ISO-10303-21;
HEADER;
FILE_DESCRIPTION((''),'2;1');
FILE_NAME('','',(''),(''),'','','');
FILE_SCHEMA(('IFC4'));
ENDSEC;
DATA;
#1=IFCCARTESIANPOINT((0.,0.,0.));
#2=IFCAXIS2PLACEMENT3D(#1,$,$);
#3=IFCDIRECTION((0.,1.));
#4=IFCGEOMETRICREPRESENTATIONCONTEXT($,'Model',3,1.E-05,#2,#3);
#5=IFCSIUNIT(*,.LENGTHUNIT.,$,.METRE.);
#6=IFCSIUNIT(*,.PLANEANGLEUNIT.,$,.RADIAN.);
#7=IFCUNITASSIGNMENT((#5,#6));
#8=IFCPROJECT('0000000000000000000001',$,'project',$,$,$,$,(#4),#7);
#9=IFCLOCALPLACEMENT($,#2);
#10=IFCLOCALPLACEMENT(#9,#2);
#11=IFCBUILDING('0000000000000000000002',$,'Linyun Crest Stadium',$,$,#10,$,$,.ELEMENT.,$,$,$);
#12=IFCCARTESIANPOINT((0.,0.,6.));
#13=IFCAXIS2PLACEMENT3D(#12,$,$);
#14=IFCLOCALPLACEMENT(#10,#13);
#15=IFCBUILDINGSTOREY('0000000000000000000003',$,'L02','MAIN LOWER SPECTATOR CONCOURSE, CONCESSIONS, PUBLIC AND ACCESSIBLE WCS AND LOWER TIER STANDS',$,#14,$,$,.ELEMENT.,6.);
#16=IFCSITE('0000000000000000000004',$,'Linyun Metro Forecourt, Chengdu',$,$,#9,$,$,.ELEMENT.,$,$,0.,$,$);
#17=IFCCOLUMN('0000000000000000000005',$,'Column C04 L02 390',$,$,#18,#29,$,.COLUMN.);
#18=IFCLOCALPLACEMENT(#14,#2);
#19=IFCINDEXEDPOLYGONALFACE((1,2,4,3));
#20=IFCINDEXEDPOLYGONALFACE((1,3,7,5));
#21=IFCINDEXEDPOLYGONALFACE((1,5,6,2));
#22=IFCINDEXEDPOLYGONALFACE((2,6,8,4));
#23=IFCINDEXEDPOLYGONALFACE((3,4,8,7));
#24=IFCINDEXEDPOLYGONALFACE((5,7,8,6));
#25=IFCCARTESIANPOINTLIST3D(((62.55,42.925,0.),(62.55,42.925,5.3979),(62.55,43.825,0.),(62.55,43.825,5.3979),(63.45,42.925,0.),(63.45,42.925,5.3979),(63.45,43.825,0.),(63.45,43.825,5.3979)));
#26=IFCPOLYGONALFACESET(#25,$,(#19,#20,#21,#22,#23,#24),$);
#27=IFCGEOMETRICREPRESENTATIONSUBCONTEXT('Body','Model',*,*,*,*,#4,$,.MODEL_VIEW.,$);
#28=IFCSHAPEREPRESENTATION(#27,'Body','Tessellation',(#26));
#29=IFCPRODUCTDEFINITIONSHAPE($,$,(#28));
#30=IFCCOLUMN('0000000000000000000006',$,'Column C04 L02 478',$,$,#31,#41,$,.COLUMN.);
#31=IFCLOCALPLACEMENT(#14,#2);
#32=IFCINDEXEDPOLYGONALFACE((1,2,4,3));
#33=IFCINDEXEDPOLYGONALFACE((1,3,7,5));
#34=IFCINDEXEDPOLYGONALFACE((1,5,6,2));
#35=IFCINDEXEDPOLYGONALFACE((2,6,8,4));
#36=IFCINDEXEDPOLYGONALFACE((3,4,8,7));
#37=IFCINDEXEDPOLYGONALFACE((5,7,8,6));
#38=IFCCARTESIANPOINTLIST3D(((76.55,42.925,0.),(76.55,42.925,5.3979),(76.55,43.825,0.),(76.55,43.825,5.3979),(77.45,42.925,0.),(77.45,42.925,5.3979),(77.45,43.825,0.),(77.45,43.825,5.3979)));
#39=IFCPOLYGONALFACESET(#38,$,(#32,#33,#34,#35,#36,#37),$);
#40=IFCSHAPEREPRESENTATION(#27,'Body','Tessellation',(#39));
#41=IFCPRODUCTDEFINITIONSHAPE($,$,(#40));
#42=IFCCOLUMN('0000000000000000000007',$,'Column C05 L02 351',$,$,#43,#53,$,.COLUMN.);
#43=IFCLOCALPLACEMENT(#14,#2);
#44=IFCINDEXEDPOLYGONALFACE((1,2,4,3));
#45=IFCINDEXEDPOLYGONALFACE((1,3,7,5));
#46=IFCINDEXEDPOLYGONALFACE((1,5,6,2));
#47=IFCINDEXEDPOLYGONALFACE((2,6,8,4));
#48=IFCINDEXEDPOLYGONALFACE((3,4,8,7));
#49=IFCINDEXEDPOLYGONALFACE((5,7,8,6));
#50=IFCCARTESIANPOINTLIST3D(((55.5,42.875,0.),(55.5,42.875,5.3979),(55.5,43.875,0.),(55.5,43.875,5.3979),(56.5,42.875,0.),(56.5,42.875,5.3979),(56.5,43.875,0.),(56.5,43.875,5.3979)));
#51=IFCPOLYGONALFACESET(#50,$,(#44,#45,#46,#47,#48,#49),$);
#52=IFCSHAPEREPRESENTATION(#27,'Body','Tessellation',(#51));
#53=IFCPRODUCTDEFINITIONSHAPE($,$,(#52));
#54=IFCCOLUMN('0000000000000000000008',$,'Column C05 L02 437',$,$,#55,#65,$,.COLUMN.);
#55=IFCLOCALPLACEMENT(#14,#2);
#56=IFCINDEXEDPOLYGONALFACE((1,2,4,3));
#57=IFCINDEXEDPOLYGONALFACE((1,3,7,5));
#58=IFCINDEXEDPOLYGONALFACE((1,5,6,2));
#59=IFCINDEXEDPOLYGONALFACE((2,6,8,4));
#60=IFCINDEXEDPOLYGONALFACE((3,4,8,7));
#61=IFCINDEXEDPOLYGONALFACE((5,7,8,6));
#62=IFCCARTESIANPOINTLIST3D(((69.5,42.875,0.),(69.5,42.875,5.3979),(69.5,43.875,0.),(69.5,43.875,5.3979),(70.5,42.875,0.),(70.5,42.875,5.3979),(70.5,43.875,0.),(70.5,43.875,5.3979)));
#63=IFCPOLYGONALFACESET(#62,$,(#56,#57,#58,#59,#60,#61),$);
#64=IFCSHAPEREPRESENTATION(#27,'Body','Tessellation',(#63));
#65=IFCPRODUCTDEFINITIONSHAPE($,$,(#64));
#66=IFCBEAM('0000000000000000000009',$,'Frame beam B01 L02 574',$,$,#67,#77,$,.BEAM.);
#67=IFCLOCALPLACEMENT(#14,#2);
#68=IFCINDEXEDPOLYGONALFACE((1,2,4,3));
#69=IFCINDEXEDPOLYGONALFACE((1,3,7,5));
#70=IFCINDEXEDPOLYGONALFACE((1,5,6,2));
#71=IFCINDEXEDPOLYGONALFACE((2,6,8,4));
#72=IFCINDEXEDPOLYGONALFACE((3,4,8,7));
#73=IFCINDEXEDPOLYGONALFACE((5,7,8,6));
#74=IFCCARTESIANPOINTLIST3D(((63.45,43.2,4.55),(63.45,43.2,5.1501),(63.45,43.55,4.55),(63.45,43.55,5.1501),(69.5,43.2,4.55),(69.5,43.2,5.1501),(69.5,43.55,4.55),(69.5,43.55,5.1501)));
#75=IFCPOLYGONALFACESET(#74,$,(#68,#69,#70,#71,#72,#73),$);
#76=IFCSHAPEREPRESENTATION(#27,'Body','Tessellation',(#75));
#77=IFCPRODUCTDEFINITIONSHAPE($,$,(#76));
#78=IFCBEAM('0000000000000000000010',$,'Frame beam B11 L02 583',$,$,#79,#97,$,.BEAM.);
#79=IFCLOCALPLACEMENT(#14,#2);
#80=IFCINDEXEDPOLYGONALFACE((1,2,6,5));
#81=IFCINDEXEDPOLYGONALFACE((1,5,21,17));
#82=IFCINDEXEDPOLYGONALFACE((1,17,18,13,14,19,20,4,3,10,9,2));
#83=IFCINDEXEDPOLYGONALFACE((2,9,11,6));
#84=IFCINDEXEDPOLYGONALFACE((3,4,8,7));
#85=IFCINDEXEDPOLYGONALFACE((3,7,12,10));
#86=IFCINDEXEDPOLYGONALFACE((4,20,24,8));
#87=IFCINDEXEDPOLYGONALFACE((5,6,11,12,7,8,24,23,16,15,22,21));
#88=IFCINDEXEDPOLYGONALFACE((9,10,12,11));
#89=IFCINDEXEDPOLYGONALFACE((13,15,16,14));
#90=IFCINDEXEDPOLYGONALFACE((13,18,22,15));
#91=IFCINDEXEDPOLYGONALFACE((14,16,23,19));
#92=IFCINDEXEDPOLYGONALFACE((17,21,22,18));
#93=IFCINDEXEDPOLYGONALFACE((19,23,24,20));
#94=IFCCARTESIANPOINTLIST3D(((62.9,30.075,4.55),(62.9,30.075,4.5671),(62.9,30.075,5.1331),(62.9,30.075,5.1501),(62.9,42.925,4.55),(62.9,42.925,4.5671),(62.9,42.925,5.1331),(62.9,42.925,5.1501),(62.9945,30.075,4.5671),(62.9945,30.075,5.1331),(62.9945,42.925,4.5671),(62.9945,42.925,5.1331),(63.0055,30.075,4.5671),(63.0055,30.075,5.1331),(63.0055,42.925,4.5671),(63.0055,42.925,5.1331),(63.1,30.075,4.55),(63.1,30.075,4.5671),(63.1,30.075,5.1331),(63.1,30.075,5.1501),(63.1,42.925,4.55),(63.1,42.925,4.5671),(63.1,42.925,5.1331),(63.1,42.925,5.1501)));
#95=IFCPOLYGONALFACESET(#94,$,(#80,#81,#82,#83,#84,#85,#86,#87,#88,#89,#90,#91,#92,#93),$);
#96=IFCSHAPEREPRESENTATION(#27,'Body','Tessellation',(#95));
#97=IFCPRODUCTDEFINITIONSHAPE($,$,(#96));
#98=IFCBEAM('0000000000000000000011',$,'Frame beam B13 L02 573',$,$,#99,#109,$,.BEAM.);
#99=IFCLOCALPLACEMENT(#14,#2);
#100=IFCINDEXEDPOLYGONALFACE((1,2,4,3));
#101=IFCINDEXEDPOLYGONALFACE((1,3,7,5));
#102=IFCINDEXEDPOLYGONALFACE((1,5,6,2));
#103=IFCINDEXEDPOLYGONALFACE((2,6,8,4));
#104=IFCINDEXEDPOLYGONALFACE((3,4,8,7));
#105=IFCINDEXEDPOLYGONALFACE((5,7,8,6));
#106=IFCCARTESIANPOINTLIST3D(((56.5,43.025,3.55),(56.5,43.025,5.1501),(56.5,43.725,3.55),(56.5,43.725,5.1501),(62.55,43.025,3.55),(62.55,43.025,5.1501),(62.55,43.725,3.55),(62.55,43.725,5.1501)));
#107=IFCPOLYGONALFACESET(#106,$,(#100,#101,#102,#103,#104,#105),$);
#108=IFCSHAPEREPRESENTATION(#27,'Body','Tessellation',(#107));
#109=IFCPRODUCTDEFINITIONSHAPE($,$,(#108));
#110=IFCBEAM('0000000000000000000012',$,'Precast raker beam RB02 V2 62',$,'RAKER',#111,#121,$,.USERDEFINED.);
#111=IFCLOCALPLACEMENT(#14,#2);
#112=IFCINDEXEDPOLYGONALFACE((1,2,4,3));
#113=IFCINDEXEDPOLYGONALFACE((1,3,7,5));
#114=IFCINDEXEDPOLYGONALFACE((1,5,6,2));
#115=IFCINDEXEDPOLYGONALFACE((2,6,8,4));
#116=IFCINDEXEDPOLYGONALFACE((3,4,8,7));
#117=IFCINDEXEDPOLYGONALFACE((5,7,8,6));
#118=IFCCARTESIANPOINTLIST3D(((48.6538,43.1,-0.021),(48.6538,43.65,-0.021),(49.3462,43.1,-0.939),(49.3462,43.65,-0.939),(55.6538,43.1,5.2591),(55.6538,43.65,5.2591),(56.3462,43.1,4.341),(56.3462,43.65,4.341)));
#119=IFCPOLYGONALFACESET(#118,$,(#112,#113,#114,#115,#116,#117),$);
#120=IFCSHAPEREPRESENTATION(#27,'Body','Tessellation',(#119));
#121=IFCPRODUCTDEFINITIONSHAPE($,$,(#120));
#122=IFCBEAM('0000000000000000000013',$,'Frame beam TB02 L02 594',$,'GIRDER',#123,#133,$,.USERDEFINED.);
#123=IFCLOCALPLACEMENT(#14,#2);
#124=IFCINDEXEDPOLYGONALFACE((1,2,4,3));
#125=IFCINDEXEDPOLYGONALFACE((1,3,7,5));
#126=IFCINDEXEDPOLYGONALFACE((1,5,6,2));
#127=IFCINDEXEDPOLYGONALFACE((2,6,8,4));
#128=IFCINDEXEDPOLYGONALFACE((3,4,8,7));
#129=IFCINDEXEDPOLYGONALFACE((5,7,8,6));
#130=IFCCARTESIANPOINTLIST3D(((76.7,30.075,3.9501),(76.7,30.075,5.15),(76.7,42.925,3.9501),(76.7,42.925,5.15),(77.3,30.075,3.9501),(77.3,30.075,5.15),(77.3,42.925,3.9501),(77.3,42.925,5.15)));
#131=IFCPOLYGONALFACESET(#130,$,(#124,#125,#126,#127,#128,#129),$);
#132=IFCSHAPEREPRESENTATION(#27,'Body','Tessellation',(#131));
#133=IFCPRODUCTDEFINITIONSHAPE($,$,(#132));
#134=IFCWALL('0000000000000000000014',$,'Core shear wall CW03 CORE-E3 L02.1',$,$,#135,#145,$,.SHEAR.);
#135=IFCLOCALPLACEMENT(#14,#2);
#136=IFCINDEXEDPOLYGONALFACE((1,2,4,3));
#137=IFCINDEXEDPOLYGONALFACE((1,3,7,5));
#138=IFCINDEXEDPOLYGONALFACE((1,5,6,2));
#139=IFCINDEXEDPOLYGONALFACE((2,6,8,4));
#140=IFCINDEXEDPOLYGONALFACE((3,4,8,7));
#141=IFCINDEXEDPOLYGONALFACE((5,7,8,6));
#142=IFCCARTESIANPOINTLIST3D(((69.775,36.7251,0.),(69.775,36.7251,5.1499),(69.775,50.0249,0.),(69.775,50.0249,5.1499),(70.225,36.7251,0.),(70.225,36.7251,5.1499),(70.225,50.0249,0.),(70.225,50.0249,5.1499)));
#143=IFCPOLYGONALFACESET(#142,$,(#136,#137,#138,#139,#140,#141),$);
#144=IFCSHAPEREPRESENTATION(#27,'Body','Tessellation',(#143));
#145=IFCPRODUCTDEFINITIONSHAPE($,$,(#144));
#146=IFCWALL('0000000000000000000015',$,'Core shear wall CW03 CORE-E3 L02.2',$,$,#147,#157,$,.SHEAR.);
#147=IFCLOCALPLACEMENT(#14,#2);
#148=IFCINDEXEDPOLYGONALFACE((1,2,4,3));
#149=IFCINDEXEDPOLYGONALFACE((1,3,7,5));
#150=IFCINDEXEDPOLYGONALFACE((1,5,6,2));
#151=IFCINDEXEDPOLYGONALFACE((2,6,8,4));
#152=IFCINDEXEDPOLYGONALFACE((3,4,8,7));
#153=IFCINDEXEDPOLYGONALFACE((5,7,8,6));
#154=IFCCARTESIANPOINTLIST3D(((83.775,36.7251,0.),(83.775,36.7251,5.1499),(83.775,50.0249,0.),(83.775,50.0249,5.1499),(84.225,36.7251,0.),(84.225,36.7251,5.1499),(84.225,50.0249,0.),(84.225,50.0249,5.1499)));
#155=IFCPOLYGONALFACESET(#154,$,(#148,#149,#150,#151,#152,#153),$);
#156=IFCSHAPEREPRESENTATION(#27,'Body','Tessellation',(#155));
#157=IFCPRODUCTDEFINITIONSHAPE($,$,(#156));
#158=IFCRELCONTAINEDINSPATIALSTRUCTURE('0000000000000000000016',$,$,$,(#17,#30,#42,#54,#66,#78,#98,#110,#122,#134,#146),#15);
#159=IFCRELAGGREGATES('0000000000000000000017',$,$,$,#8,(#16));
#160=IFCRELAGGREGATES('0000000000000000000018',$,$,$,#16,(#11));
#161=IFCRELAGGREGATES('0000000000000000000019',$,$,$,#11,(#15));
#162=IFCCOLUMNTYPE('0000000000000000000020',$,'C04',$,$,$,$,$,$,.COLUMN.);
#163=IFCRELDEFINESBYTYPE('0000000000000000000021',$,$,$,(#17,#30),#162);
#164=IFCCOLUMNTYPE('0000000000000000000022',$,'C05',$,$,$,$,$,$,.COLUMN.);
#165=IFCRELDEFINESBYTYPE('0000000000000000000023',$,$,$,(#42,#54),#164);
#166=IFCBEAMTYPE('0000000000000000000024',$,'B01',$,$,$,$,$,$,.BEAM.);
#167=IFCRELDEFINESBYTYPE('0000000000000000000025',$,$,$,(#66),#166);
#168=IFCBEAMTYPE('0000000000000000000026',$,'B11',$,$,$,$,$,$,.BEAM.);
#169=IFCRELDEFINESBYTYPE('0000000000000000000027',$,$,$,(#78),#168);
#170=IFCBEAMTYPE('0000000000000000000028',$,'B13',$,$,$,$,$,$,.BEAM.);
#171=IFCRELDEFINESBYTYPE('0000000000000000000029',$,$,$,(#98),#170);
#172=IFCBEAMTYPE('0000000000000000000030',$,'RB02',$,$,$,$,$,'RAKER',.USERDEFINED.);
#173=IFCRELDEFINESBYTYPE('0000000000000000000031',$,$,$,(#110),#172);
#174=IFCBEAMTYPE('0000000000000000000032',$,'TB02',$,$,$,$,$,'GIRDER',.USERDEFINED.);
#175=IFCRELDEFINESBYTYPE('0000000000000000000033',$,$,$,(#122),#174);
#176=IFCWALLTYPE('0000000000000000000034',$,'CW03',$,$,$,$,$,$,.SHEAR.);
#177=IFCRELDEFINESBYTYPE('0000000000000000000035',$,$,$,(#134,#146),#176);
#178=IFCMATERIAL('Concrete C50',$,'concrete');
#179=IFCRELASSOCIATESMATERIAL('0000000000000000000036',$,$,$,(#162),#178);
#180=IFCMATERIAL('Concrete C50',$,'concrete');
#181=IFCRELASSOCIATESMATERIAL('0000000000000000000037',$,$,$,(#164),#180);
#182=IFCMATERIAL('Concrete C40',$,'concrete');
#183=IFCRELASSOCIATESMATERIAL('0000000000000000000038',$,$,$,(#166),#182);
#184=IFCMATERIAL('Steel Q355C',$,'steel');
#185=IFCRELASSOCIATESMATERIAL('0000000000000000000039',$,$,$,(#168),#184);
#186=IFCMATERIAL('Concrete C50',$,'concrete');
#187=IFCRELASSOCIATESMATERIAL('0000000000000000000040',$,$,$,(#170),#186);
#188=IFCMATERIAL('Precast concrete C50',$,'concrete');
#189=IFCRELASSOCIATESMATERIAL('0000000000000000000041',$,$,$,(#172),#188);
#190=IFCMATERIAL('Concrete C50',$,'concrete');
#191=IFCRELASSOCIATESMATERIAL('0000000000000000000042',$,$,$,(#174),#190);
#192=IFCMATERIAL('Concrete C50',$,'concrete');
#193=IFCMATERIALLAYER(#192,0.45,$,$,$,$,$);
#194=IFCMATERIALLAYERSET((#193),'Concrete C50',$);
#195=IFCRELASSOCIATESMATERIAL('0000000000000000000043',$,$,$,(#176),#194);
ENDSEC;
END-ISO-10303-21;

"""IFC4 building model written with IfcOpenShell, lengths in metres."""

from ifc_helpers import new_model, si_unit, direction, frame, frame_2d, origin, origin_2d, place, context, subcontext, project, spatial, rectangle, i_section, extrude, material, layer, layer_set, material_profile, profile_set, type_object, element, save


model = new_model("IFC4")

# Units and contexts
model_context = context("Model", 3, precision=1e-05, world=origin(), true_north=direction((0.0, 1.0)))
body_context = subcontext(model_context, "Body", "Model", "MODEL_VIEW")
ifc_project = project(units=[si_unit("LENGTHUNIT", "METRE"), si_unit("PLANEANGLEUNIT", "RADIAN")], contexts=[model_context])

# Site, building, storey
site_placement = place(None, origin())
site = spatial("IfcSite", under=ifc_project, at=site_placement, Name="Linyun Metro Forecourt, Chengdu", CompositionType="ELEMENT", RefElevation=0.0)
building_placement = place(site_placement, origin())
building = spatial("IfcBuilding", under=site, at=building_placement, Name="Linyun Crest Stadium", CompositionType="ELEMENT")
storey_placement = place(building_placement, frame((0.0, 0.0, 6.0)))
storey = spatial("IfcBuildingStorey", under=building, at=storey_placement, Name="L02", Description="MAIN LOWER SPECTATOR CONCOURSE, CONCESSIONS, PUBLIC AND ACCESSIBLE WCS AND LOWER TIER STANDS", CompositionType="ELEMENT", Elevation=6.0)

# Columns
ifc_material_1 = material(Name="Concrete C50", Category="concrete")
ifc_material_profile_1 = material_profile(ifc_material_1, rectangle(XDim=0.8999, YDim=0.8999, at=origin_2d()), Name="RC 900x900")
ifc_profile_set_1 = profile_set([ifc_material_profile_1], Name="Concrete C50")
column_type_1 = type_object("IfcColumnType", Name="C04", PredefinedType="COLUMN", material=ifc_profile_set_1)
for number, where, z_axis, x_axis, name in (
    (1, (63.0, 43.375, 0.0), (0.0, 0.0, 1.0), (1.0, 0.0, 0.0), "Column C04 L02 390"),
    (2, (77.0, 43.375, 0.0), (0.0, 0.0, 1.0), (1.0, 0.0, 0.0), "Column C04 L02 478"),
):
    element("IfcColumn", number, at=place(storey_placement, frame(where, z_axis=z_axis, x_axis=x_axis)), inside=storey, type_object=column_type_1, Name=name, PredefinedType="COLUMN", context=body_context, shape_type="SweptSolid", body=[
        extrude(rectangle(XDim=0.8999, YDim=0.8999, at=origin_2d()), origin(), (0.0, 0.0, 1.0), 5.3979),
    ])
ifc_material_2 = material(Name="Concrete C50", Category="concrete")
ifc_material_profile_2 = material_profile(ifc_material_2, rectangle(XDim=1.0, YDim=1.0, at=origin_2d()), Name="RC 1000x1000")
ifc_profile_set_2 = profile_set([ifc_material_profile_2], Name="Concrete C50")
column_type_2 = type_object("IfcColumnType", Name="C05", PredefinedType="COLUMN", material=ifc_profile_set_2)
for number, where, z_axis, x_axis, name in (
    (3, (56.0, 43.375, 0.0), (0.0, 0.0, 1.0), (1.0, 0.0, 0.0), "Column C05 L02 351"),
    (4, (70.0, 43.375, 0.0), (0.0, 0.0, 1.0), (1.0, 0.0, 0.0), "Column C05 L02 437"),
):
    element("IfcColumn", number, at=place(storey_placement, frame(where, z_axis=z_axis, x_axis=x_axis)), inside=storey, type_object=column_type_2, Name=name, PredefinedType="COLUMN", context=body_context, shape_type="SweptSolid", body=[
        extrude(rectangle(XDim=1.0, YDim=1.0, at=origin_2d()), origin(), (0.0, 0.0, 1.0), 5.3979),
    ])

# Beams
ifc_material_3 = material(Name="Concrete C40", Category="concrete")
ifc_material_profile_3 = material_profile(ifc_material_3, rectangle(XDim=0.3501, YDim=0.6001, at=origin_2d()), Name="RCB 600x350")
ifc_profile_set_3 = profile_set([ifc_material_profile_3], Name="Concrete C40")
beam_type_1 = type_object("IfcBeamType", Name="B01", PredefinedType="BEAM", material=ifc_profile_set_3)
beam_1_placement = place(storey_placement, frame((63.45, 43.375, 4.8501), z_axis=(1.0, 0.0, 0.0), x_axis=(0.0, 1.0, 0.0)))
element("IfcBeam", 5, at=beam_1_placement, inside=storey, type_object=beam_type_1, Name="Frame beam B01 L02 574", PredefinedType="BEAM", context=body_context, shape_type="SweptSolid", body=[
    extrude(rectangle(XDim=0.3501, YDim=0.6001, at=origin_2d()), origin(), (0.0, 0.0, 1.0), 6.05),
])
ifc_material_4 = material(Name="Steel Q355C", Category="steel")
ifc_material_profile_4 = material_profile(ifc_material_4, i_section(OverallWidth=0.2, OverallDepth=0.6001, WebThickness=0.011, FlangeThickness=0.0171, at=origin_2d()), Name="HN 600x200")
ifc_profile_set_4 = profile_set([ifc_material_profile_4], Name="Steel Q355C")
beam_type_2 = type_object("IfcBeamType", Name="B11", PredefinedType="BEAM", material=ifc_profile_set_4)
beam_2_placement = place(storey_placement, frame((63.0, 30.075, 4.8501), z_axis=(0.0, 1.0, 0.0), x_axis=(-1.0, 0.0, 0.0)))
element("IfcBeam", 6, at=beam_2_placement, inside=storey, type_object=beam_type_2, Name="Frame beam B11 L02 583", PredefinedType="BEAM", context=body_context, shape_type="SweptSolid", body=[
    extrude(i_section(OverallWidth=0.2, OverallDepth=0.6001, WebThickness=0.011, FlangeThickness=0.0171, at=origin_2d()), origin(), (0.0, 0.0, 1.0), 12.8501),
])
ifc_material_5 = material(Name="Concrete C50", Category="concrete")
ifc_material_profile_5 = material_profile(ifc_material_5, rectangle(XDim=0.7, YDim=1.6001, at=origin_2d()), Name="RCB 1600x700")
ifc_profile_set_5 = profile_set([ifc_material_profile_5], Name="Concrete C50")
beam_type_3 = type_object("IfcBeamType", Name="B13", PredefinedType="BEAM", material=ifc_profile_set_5)
beam_3_placement = place(storey_placement, frame((56.5, 43.375, 4.3501), z_axis=(1.0, 0.0, 0.0), x_axis=(0.0, 1.0, 0.0)))
element("IfcBeam", 7, at=beam_3_placement, inside=storey, type_object=beam_type_3, Name="Frame beam B13 L02 573", PredefinedType="BEAM", context=body_context, shape_type="SweptSolid", body=[
    extrude(rectangle(XDim=0.7, YDim=1.6001, at=origin_2d()), origin(), (0.0, 0.0, 1.0), 6.05),
])
ifc_material_6 = material(Name="Precast concrete C50", Category="concrete")
ifc_material_profile_6 = material_profile(ifc_material_6, rectangle(XDim=0.55, YDim=1.1499, at=origin_2d()), Name="PCR 1150x550")
ifc_profile_set_6 = profile_set([ifc_material_profile_6], Name="Precast concrete C50")
beam_type_4 = type_object("IfcBeamType", Name="RB02", ElementType="RAKER", PredefinedType="USERDEFINED", material=ifc_profile_set_6)
beam_4_placement = place(storey_placement, frame((49.0, 43.375, -0.48), z_axis=(0.798353, 0.0, 0.60219), x_axis=(0.0, 1.0, 0.0)))
element("IfcBeam", 8, at=beam_4_placement, inside=storey, type_object=beam_type_4, Name="Precast raker beam RB02 V2 62", ObjectType="RAKER", PredefinedType="USERDEFINED", context=body_context, shape_type="SweptSolid", body=[
    extrude(rectangle(XDim=0.55, YDim=1.1499, at=origin_2d()), origin(), (0.0, 0.0, 1.0), 8.7681),
])
ifc_material_7 = material(Name="Concrete C50", Category="concrete")
ifc_material_profile_7 = material_profile(ifc_material_7, rectangle(XDim=0.6001, YDim=1.2, at=origin_2d()), Name="RCB 1200x600")
ifc_profile_set_7 = profile_set([ifc_material_profile_7], Name="Concrete C50")
beam_type_5 = type_object("IfcBeamType", Name="TB02", ElementType="GIRDER", PredefinedType="USERDEFINED", material=ifc_profile_set_7)
beam_5_placement = place(storey_placement, frame((77.0, 30.075, 4.55), z_axis=(0.0, 1.0, 0.0), x_axis=(-1.0, 0.0, 0.0)))
element("IfcBeam", 9, at=beam_5_placement, inside=storey, type_object=beam_type_5, Name="Frame beam TB02 L02 594", ObjectType="GIRDER", PredefinedType="USERDEFINED", context=body_context, shape_type="SweptSolid", body=[
    extrude(rectangle(XDim=0.6001, YDim=1.2, at=origin_2d()), origin(), (0.0, 0.0, 1.0), 12.8501),
])

# Walls
ifc_material_8 = material(Name="Concrete C50", Category="concrete")
ifc_layer_1 = layer(ifc_material_8, 0.45)
ifc_layer_set_1 = layer_set([ifc_layer_1], Name="Concrete C50")
wall_type_1 = type_object("IfcWallType", Name="CW03", PredefinedType="SHEAR", material=ifc_layer_set_1)
for number, where, z_axis, x_axis, name in (
    (10, (70.0, 36.7251, 0.0), (0.0, 0.0, 1.0), (0.0, 1.0, 0.0), "Core shear wall CW03 CORE-E3 L02.1"),
    (11, (84.0, 36.7251, 0.0), (0.0, 0.0, 1.0), (0.0, 1.0, 0.0), "Core shear wall CW03 CORE-E3 L02.2"),
):
    element("IfcWall", number, at=place(storey_placement, frame(where, z_axis=z_axis, x_axis=x_axis)), inside=storey, type_object=wall_type_1, Name=name, PredefinedType="SHEAR", context=body_context, shape_type="SweptSolid", body=[
        extrude(rectangle(XDim=13.2998, YDim=0.45, at=frame_2d((6.6499, 0.0))), origin(), (0.0, 0.0, 1.0), 5.1499),
    ])

save(model, "model.ifc")
